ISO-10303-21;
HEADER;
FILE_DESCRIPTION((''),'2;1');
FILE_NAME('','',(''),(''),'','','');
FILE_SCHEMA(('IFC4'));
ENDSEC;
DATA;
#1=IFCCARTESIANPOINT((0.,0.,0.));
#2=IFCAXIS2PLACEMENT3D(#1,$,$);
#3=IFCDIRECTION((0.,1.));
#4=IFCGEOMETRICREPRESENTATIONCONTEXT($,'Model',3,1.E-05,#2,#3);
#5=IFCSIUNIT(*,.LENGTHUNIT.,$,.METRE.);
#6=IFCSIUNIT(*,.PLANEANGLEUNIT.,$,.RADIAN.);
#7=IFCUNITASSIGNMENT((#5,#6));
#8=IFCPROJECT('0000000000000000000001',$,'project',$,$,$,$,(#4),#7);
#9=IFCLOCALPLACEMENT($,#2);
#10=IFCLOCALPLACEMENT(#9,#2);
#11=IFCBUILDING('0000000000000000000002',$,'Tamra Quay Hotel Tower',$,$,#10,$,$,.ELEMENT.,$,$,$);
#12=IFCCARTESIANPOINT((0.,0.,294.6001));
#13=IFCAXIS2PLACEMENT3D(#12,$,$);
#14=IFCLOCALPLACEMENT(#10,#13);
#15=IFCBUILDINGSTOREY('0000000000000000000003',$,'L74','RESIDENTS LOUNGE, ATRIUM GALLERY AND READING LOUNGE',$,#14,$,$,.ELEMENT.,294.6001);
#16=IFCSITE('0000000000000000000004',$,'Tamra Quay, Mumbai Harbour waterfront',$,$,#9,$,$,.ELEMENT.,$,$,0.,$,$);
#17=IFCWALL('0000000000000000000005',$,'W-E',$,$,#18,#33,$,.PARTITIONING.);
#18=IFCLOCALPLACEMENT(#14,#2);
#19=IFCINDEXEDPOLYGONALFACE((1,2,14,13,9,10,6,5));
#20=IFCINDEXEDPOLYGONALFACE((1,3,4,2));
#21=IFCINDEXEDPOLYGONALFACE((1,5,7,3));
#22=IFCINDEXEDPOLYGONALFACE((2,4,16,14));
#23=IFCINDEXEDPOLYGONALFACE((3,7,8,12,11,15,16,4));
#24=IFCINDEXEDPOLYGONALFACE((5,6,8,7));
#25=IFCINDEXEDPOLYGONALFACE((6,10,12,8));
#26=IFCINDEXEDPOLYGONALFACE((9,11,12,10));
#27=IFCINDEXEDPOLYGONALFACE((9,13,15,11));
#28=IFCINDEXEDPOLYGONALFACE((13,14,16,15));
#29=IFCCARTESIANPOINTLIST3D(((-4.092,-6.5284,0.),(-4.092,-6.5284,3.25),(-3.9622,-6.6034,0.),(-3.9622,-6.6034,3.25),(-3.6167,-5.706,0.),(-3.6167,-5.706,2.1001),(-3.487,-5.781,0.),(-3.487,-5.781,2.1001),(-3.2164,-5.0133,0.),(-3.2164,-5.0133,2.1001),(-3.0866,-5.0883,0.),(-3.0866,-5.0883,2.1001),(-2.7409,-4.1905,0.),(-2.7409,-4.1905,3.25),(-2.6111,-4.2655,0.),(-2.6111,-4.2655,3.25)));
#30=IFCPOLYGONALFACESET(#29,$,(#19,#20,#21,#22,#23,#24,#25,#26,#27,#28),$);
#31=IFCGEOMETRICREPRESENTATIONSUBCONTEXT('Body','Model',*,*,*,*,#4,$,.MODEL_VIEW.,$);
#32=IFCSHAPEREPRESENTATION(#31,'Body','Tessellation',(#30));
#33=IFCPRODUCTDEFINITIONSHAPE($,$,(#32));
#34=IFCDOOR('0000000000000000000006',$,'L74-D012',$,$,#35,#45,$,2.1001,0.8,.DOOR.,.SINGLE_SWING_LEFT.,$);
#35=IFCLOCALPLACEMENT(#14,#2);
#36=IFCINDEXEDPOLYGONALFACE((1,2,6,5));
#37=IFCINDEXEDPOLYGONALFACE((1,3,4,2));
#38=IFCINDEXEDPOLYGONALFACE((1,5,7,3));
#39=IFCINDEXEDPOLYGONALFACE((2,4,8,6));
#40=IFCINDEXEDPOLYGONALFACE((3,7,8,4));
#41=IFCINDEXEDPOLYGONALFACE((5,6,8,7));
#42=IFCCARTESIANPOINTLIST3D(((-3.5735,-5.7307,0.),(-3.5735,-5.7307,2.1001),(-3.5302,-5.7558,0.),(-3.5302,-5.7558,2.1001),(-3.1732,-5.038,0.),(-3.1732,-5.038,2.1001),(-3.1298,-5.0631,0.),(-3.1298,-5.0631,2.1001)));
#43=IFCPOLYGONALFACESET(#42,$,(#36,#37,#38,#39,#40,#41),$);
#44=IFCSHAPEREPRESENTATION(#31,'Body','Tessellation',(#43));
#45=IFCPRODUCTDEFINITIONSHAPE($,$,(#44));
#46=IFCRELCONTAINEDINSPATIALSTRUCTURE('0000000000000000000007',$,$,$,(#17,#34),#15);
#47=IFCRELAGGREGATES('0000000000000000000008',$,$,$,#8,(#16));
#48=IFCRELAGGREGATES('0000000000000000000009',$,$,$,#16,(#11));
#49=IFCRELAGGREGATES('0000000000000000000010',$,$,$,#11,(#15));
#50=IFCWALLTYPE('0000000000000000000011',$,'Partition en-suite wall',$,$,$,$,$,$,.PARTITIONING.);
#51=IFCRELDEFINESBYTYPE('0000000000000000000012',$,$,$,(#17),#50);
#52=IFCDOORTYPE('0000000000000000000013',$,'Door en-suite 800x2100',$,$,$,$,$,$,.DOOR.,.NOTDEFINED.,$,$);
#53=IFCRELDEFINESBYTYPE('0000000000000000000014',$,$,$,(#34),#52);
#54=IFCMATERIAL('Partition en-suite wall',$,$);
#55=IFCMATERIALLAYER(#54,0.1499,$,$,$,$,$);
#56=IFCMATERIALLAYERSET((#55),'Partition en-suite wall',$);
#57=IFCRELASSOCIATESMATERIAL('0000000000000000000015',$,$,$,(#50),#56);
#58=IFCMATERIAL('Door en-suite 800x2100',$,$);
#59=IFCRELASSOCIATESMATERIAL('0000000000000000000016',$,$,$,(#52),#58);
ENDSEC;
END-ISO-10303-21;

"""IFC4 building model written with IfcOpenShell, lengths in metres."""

from ifc_helpers import new_model, si_unit, direction, frame, frame_2d, origin, place, context, subcontext, project, spatial, rectangle, extrude, material, layer, layer_set, type_object, element, fill, save


model = new_model("IFC4")

# Units and contexts
model_context = context("Model", 3, precision=1e-05, world=origin(), true_north=direction((0.0, 1.0)))
body_context = subcontext(model_context, "Body", "Model", "MODEL_VIEW")
ifc_project = project(units=[si_unit("LENGTHUNIT", "METRE"), si_unit("PLANEANGLEUNIT", "RADIAN")], contexts=[model_context])

# Site, building, storey
site_placement = place(None, origin())
site = spatial("IfcSite", under=ifc_project, at=site_placement, Name="Tamra Quay, Mumbai Harbour waterfront", CompositionType="ELEMENT", RefElevation=0.0)
building_placement = place(site_placement, origin())
building = spatial("IfcBuilding", under=site, at=building_placement, Name="Tamra Quay Hotel Tower", CompositionType="ELEMENT")
storey_placement = place(building_placement, frame((0.0, 0.0, 294.6001)))
storey = spatial("IfcBuildingStorey", under=building, at=storey_placement, Name="L74", Description="RESIDENTS LOUNGE, ATRIUM GALLERY AND READING LOUNGE", CompositionType="ELEMENT", Elevation=294.6001)

# Shared definitions
ifc_material_1 = material(Name="Partition en-suite wall")
ifc_layer_1 = layer(ifc_material_1, 0.1499)
ifc_layer_set_1 = layer_set([ifc_layer_1], Name="Partition en-suite wall")
wall_type_1 = type_object("IfcWallType", Name="Partition en-suite wall", PredefinedType="PARTITIONING", material=ifc_layer_set_1)
ifc_material_2 = material(Name="Door en-suite 800x2100")
door_type_1 = type_object("IfcDoorType", Name="Door en-suite 800x2100", OperationType="NOTDEFINED", PredefinedType="DOOR", material=ifc_material_2)

# Wall, opening, door
wall_1_placement = place(storey_placement, frame((-4.0271, -6.5659, 0.0), z_axis=(0.0, 0.0, 1.0), x_axis=(0.500359, 0.865818, 0.0)))
wall_1 = element("IfcWall", 1, at=wall_1_placement, inside=storey, type_object=wall_type_1, Name="W-E", PredefinedType="PARTITIONING", context=body_context, shape_type="SweptSolid", body=[
    extrude(rectangle(XDim=2.7002, YDim=0.1499, at=frame_2d((1.3501, 0.0))), origin(), (0.0, 0.0, 1.0), 3.25),
])
opening_1_placement = place(wall_1_placement, frame((0.95, 0.0, 0.0)))
opening_1 = element("IfcOpeningElement", 2, at=opening_1_placement, cuts=wall_1, PredefinedType="OPENING", context=body_context, shape_type="SweptSolid", body=[
    extrude(rectangle(XDim=0.8, YDim=2.1001, at=frame_2d((0.3999, 1.05))), frame((0.0, 0.085, 0.0), z_axis=(0.0, -1.0, 0.0), x_axis=(1.0, 0.0, 0.0)), (0.0, 0.0, 1.0), 0.1699),
])
door_1_placement = place(opening_1_placement, frame((0.8, 0.0, 0.0), z_axis=(0.0, 0.0, 1.0), x_axis=(-1.0, 0.0, 0.0)))
door_1 = element("IfcDoor", 3, at=door_1_placement, inside=storey, type_object=door_type_1, Name="L74-D012", OperationType="SINGLE_SWING_LEFT", OverallHeight=2.1001, OverallWidth=0.8, PredefinedType="DOOR", context=body_context, shape_type="SweptSolid", body=[
    extrude(rectangle(XDim=0.8, YDim=2.1001, at=frame_2d((0.3999, 1.05))), frame((0.0, 0.0249, 0.0), z_axis=(0.0, -1.0, 0.0), x_axis=(1.0, 0.0, 0.0)), (0.0, 0.0, 1.0), 0.05),
])
fill(opening_1, door_1)

save(model, "model.ifc")
